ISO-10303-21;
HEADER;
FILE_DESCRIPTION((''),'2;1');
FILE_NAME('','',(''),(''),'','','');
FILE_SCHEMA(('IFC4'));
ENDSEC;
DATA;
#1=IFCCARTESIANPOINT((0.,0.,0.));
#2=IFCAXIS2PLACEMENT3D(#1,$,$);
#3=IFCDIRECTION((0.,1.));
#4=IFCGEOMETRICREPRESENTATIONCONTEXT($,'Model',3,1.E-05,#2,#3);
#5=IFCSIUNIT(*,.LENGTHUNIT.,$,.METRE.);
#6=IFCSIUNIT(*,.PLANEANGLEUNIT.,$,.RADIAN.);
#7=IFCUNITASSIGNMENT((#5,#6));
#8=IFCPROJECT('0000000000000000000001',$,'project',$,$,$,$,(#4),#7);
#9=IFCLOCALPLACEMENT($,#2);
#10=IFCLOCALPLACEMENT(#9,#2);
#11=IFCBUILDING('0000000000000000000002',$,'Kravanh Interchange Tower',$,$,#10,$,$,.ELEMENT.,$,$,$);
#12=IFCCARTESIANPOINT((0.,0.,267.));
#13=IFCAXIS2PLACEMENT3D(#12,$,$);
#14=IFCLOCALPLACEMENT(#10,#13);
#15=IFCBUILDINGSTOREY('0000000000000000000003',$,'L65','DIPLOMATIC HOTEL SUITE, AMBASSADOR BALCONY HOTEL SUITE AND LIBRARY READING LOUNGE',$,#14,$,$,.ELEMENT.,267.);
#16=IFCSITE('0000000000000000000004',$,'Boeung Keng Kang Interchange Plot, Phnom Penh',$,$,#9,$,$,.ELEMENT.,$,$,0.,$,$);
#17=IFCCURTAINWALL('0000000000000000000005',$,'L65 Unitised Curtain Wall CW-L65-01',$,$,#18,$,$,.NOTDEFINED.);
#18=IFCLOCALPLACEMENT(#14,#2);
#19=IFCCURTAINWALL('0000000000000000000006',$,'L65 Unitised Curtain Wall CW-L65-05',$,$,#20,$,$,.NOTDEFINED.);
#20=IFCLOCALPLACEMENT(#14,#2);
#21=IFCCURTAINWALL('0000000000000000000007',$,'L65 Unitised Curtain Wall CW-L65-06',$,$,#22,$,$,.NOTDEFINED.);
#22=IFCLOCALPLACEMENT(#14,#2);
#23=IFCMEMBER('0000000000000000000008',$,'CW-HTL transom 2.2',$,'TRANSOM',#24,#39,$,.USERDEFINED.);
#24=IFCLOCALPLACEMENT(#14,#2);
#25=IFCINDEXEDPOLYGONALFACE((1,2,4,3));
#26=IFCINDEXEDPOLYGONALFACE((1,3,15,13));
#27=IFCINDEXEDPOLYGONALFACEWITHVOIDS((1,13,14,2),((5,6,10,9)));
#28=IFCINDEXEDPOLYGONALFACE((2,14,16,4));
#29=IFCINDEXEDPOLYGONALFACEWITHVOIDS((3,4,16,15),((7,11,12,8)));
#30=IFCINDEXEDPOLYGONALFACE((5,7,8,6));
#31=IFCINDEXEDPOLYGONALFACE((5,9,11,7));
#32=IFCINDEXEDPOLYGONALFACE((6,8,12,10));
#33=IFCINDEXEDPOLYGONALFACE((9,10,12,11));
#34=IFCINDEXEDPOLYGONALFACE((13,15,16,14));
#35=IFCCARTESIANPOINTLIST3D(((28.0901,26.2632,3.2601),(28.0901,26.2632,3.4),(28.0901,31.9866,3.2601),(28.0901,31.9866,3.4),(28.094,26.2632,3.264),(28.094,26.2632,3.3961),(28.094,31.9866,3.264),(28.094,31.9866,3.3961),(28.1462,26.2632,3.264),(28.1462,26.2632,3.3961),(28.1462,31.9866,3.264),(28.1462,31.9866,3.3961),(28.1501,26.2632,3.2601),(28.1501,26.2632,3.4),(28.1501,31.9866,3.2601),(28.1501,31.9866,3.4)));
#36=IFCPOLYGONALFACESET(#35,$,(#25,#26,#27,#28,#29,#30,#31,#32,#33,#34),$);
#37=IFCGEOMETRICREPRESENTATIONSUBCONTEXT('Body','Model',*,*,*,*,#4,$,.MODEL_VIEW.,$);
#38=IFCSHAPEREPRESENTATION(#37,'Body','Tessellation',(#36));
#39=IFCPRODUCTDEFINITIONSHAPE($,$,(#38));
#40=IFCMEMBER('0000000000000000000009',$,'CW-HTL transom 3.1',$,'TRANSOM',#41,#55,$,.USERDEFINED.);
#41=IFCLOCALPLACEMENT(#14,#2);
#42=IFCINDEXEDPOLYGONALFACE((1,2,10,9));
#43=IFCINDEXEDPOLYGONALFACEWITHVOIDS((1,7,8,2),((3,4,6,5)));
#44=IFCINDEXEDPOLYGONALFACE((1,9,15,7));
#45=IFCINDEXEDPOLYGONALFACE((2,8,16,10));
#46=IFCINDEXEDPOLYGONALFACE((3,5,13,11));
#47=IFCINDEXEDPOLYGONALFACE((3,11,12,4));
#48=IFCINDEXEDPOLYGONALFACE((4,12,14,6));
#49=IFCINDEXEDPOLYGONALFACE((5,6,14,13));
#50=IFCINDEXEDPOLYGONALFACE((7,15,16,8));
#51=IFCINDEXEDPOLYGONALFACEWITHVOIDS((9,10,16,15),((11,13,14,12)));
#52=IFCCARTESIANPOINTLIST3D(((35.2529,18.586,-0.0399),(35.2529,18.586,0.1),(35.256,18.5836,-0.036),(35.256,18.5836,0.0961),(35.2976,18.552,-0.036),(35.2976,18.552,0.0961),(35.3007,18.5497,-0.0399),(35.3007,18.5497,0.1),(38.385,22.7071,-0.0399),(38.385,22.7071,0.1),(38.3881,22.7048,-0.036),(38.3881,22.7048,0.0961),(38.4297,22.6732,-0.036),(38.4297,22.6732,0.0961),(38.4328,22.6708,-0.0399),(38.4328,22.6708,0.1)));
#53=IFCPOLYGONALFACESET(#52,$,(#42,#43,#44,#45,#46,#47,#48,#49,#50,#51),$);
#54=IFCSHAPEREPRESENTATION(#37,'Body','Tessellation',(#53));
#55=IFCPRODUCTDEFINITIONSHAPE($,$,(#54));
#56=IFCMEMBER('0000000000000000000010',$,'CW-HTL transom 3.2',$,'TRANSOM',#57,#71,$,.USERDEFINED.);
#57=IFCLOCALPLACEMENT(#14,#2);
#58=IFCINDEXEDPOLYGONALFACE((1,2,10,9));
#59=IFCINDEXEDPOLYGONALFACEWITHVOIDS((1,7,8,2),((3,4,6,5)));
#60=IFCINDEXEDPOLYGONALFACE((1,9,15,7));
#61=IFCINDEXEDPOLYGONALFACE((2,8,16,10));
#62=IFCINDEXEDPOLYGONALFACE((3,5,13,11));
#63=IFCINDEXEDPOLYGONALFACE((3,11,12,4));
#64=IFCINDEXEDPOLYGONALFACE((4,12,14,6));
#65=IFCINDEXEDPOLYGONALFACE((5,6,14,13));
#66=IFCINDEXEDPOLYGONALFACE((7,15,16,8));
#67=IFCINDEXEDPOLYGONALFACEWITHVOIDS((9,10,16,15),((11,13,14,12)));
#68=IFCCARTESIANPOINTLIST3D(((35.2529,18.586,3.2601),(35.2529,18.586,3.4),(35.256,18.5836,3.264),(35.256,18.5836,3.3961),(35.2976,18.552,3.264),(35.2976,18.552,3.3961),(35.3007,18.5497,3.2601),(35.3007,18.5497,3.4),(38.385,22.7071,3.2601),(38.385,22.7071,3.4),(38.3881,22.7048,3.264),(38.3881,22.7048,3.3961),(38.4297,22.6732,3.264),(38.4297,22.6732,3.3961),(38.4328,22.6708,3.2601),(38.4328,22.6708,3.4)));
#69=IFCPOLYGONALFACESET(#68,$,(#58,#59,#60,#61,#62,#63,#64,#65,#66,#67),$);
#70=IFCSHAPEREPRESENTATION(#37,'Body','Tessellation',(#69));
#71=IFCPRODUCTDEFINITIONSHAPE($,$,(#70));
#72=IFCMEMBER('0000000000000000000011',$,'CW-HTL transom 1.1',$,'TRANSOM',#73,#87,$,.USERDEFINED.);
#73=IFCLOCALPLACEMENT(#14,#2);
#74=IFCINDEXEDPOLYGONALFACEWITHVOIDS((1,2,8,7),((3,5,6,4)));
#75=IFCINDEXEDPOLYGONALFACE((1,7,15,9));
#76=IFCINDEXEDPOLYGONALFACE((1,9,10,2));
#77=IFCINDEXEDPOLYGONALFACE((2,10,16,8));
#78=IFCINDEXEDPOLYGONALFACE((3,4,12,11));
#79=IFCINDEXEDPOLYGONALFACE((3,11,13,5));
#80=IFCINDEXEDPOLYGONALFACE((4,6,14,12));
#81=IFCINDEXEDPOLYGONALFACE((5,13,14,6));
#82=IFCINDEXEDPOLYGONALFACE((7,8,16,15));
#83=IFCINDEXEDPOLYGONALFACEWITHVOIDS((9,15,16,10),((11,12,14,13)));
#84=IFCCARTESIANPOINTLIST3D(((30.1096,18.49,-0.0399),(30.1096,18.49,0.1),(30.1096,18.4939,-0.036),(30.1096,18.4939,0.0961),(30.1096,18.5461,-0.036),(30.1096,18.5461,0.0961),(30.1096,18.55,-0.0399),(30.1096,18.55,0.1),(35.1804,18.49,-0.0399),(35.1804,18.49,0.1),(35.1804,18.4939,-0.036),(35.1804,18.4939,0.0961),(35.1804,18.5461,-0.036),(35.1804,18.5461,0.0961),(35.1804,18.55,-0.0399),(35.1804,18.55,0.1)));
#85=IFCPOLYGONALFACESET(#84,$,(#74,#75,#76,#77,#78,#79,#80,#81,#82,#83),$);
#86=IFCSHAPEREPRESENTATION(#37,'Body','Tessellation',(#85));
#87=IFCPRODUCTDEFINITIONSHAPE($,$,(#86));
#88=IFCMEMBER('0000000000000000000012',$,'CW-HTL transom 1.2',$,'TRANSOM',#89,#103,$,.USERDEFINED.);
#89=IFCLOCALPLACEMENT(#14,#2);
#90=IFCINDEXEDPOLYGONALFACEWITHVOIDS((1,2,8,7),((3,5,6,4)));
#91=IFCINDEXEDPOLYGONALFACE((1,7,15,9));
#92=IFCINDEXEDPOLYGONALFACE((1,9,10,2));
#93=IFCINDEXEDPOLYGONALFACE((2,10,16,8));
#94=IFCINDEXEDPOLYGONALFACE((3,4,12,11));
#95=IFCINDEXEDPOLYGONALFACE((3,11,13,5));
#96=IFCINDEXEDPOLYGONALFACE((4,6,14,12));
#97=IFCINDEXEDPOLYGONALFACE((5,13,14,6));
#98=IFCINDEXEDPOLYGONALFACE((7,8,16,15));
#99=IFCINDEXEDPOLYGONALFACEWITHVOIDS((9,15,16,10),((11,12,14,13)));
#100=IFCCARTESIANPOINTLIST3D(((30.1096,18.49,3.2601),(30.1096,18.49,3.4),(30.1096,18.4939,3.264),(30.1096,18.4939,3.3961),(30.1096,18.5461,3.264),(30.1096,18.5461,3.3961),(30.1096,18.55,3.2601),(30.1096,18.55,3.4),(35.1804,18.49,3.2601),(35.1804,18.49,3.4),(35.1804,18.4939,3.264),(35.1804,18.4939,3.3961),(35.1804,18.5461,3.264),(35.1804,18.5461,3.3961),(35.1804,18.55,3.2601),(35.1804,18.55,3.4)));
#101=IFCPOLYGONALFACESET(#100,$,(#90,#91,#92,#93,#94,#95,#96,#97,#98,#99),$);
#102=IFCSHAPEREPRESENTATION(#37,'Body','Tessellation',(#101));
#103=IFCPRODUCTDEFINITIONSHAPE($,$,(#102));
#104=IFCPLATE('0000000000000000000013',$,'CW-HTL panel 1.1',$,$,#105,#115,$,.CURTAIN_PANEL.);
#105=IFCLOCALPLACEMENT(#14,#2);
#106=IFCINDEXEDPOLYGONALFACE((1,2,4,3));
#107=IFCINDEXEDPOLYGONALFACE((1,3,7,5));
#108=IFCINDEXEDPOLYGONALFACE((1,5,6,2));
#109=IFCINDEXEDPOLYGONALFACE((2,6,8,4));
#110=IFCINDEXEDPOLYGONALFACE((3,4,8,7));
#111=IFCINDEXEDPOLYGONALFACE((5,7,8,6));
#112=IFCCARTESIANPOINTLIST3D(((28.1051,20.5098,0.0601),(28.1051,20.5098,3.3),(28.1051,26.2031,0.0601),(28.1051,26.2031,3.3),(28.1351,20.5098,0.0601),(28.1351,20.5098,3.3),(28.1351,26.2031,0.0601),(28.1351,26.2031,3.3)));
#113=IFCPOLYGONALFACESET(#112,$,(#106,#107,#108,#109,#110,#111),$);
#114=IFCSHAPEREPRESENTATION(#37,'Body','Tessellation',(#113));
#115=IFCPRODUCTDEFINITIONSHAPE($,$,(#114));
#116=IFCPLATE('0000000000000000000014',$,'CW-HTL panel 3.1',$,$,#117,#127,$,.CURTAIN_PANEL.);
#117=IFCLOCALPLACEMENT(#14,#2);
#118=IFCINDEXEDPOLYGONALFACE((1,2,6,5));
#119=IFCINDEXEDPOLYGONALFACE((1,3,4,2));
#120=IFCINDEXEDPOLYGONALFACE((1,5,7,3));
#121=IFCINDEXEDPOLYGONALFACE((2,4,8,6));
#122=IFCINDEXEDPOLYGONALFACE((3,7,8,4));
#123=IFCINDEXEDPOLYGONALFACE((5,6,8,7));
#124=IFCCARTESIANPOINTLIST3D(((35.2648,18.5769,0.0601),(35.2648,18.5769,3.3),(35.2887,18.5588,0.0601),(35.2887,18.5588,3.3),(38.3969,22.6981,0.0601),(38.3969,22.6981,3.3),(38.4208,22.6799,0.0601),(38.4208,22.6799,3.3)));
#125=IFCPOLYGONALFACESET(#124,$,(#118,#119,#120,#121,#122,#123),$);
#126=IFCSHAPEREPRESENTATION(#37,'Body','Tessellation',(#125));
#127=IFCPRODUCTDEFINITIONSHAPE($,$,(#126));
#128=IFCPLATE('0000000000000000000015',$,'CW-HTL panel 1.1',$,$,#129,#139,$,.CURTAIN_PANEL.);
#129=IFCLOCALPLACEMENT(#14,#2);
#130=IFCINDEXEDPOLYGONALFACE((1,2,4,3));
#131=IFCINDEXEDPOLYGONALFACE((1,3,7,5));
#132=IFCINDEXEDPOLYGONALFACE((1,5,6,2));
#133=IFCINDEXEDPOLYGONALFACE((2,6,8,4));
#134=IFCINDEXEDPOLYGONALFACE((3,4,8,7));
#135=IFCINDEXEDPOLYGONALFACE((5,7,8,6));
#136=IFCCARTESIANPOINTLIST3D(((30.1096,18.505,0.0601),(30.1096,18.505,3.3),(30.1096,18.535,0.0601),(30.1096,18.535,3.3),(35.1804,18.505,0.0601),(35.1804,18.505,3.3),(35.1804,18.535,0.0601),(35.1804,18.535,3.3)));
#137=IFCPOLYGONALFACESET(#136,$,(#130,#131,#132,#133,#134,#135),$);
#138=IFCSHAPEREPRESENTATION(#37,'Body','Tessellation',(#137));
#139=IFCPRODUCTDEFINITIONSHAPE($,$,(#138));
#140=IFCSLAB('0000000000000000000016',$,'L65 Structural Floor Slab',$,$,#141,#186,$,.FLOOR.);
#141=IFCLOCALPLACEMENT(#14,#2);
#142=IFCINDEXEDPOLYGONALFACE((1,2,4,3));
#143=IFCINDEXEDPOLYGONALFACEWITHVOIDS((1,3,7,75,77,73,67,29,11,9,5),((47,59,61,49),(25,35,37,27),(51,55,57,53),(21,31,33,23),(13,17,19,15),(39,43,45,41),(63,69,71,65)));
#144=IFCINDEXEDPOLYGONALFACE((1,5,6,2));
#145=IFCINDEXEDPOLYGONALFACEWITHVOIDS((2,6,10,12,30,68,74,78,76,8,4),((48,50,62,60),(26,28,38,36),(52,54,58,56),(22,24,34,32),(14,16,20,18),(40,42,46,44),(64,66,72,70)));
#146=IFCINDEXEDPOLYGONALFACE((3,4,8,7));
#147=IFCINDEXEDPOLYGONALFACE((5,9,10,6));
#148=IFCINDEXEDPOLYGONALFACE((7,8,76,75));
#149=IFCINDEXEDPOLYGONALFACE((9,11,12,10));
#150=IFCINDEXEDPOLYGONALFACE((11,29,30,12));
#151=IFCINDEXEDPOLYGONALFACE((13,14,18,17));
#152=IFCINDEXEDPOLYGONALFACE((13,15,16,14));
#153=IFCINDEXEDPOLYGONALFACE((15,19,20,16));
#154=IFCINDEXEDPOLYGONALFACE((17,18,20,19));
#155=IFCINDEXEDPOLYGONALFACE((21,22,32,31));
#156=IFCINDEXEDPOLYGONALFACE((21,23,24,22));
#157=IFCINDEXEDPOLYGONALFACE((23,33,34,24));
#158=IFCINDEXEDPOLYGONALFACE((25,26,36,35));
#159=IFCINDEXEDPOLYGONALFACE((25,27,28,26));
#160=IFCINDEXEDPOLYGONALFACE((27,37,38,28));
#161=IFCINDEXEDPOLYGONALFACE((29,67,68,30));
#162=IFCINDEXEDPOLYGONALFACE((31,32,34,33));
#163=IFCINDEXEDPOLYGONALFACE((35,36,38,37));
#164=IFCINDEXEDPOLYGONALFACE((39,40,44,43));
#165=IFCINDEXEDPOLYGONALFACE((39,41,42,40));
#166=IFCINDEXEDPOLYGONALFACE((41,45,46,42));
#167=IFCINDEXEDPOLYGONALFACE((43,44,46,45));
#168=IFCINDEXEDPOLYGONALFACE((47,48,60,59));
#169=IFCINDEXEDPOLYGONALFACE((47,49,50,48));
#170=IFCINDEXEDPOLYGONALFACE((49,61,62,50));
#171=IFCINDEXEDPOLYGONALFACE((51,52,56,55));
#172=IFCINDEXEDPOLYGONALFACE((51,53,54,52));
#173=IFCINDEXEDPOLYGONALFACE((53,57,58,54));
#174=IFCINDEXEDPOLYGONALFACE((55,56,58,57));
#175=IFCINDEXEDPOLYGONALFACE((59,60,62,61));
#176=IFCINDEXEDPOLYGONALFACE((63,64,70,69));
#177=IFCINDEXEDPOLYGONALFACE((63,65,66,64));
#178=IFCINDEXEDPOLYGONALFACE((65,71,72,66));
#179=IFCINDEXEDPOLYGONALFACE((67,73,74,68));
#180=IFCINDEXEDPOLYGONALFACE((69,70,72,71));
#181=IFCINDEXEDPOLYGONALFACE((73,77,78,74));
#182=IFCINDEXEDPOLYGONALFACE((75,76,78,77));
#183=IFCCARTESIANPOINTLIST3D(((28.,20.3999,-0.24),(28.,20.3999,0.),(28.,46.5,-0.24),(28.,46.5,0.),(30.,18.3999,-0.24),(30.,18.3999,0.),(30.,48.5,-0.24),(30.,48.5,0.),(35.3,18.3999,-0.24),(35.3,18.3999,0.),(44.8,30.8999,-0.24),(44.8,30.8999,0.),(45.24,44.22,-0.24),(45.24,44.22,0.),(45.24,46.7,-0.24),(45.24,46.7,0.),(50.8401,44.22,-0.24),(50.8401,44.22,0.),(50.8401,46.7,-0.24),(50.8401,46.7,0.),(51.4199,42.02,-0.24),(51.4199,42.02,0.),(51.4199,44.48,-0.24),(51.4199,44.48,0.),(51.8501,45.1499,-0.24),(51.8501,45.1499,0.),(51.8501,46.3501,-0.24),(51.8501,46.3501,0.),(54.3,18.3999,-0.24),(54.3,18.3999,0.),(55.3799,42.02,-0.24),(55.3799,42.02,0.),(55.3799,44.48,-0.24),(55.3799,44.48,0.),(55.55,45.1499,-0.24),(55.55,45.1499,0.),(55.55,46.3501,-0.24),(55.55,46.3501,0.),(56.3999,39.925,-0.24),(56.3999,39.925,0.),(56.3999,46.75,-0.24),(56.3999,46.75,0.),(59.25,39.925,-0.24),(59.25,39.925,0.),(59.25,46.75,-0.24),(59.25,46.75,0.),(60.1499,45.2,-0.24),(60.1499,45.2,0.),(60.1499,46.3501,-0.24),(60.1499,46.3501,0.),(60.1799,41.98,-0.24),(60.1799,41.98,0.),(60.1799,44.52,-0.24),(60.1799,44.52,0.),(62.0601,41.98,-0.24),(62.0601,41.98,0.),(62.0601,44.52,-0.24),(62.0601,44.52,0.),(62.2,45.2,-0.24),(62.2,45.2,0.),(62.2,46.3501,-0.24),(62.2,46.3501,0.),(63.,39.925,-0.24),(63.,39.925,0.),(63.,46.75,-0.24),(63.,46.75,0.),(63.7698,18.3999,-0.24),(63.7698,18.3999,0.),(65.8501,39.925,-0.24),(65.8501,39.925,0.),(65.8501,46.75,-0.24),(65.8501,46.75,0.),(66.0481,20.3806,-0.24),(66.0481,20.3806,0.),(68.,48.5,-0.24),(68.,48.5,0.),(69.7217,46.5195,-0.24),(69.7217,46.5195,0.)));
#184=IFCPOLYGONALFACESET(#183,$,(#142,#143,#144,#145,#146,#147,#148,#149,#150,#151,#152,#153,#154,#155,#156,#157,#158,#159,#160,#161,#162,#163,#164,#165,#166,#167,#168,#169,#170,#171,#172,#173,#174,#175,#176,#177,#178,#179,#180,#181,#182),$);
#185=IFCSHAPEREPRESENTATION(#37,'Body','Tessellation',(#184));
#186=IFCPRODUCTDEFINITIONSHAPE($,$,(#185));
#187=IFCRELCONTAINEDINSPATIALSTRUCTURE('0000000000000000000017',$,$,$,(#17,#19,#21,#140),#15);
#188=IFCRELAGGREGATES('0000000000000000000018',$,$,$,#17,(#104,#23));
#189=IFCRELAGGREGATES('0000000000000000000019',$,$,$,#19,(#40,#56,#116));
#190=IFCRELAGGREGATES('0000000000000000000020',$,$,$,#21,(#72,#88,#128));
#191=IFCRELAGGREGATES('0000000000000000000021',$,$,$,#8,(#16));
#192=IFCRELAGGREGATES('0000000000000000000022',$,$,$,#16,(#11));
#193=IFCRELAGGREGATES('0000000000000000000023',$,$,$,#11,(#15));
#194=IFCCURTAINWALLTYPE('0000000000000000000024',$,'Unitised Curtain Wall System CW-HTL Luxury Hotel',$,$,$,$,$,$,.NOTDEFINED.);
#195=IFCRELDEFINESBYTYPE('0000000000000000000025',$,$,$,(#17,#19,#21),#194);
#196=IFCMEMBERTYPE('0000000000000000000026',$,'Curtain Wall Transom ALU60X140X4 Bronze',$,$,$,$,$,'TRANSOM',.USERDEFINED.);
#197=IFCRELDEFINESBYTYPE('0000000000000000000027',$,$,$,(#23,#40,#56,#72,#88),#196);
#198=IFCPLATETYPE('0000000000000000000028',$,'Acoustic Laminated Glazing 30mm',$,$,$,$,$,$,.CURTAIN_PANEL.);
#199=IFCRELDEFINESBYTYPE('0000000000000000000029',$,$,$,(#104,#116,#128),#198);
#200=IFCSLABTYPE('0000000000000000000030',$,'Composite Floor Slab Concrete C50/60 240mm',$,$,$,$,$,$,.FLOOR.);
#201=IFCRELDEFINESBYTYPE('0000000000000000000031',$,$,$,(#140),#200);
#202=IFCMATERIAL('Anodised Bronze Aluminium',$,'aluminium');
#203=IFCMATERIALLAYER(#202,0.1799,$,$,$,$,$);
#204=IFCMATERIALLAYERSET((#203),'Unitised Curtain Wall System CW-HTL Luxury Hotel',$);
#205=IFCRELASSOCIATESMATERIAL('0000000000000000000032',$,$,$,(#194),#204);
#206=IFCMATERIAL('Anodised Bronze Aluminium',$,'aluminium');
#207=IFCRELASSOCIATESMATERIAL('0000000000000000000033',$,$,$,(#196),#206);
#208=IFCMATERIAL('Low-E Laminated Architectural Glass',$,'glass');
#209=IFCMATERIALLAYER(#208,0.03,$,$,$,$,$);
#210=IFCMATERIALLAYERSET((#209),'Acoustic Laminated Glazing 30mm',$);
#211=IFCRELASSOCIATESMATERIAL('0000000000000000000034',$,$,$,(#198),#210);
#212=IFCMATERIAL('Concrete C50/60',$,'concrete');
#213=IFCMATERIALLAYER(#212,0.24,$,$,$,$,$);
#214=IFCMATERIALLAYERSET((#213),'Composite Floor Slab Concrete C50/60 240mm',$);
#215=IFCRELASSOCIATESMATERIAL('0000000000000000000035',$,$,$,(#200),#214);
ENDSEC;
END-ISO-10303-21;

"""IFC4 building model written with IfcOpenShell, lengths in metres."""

from ifc_helpers import new_model, si_unit, direction, frame, origin, origin_2d, place, context, subcontext, project, spatial, polyline, rectangle, hollow_rectangle, outline, extrude, material, layer, layer_set, material_profile, profile_set, type_object, element, aggregate, save


model = new_model("IFC4")

# Units and contexts
model_context = context("Model", 3, precision=1e-05, world=origin(), true_north=direction((0.0, 1.0)))
body_context = subcontext(model_context, "Body", "Model", "MODEL_VIEW")
ifc_project = project(units=[si_unit("LENGTHUNIT", "METRE"), si_unit("PLANEANGLEUNIT", "RADIAN")], contexts=[model_context])

# Site, building, storey
site_placement = place(None, origin())
site = spatial("IfcSite", under=ifc_project, at=site_placement, Name="Boeung Keng Kang Interchange Plot, Phnom Penh", CompositionType="ELEMENT", RefElevation=0.0)
building_placement = place(site_placement, origin())
building = spatial("IfcBuilding", under=site, at=building_placement, Name="Kravanh Interchange Tower", CompositionType="ELEMENT")
storey_placement = place(building_placement, frame((0.0, 0.0, 267.0)))
storey = spatial("IfcBuildingStorey", under=building, at=storey_placement, Name="L65", Description="DIPLOMATIC HOTEL SUITE, AMBASSADOR BALCONY HOTEL SUITE AND LIBRARY READING LOUNGE", CompositionType="ELEMENT", Elevation=267.0)

# Curtain walls
ifc_material_1 = material(Name="Anodised Bronze Aluminium", Category="aluminium")
ifc_layer_1 = layer(ifc_material_1, 0.1799)
ifc_layer_set_1 = layer_set([ifc_layer_1], Name="Unitised Curtain Wall System CW-HTL Luxury Hotel")
curtain_wall_type = type_object("IfcCurtainWallType", Name="Unitised Curtain Wall System CW-HTL Luxury Hotel", PredefinedType="NOTDEFINED", material=ifc_layer_set_1)
curtain_wall_1_placement = place(storey_placement, origin())
curtain_wall_1 = element("IfcCurtainWall", 1, at=curtain_wall_1_placement, inside=storey, type_object=curtain_wall_type, Name="L65 Unitised Curtain Wall CW-L65-01", PredefinedType="NOTDEFINED")
curtain_wall_2_placement = place(storey_placement, origin())
curtain_wall_2 = element("IfcCurtainWall", 2, at=curtain_wall_2_placement, inside=storey, type_object=curtain_wall_type, Name="L65 Unitised Curtain Wall CW-L65-05", PredefinedType="NOTDEFINED")
curtain_wall_3_placement = place(storey_placement, origin())
curtain_wall_3 = element("IfcCurtainWall", 3, at=curtain_wall_3_placement, inside=storey, type_object=curtain_wall_type, Name="L65 Unitised Curtain Wall CW-L65-06", PredefinedType="NOTDEFINED")

# Members
ifc_material_2 = material(Name="Anodised Bronze Aluminium", Category="aluminium")
ifc_material_profile_1 = material_profile(ifc_material_2, hollow_rectangle(XDim=0.0601, YDim=0.1399, WallThickness=0.0039, at=origin_2d()), Name="ALU60X140X4")
ifc_profile_set_1 = profile_set([ifc_material_profile_1], Name="Anodised Bronze Aluminium")
member_type_1 = type_object("IfcMemberType", Name="Curtain Wall Transom ALU60X140X4 Bronze", ElementType="TRANSOM", PredefinedType="USERDEFINED", material=ifc_profile_set_1)
member_1_placement = place(storey_placement, frame((28.1201, 26.2632, 3.3301), z_axis=(0.0, 1.0, 0.0), x_axis=(-1.0, 0.0, 0.0)))
member_1 = element("IfcMember", 4, at=member_1_placement, type_object=member_type_1, Name="CW-HTL transom 2.2", ObjectType="TRANSOM", PredefinedType="USERDEFINED", context=body_context, shape_type="SweptSolid", body=[
    extrude(hollow_rectangle(XDim=0.0601, YDim=0.1399, WallThickness=0.0039, at=origin_2d()), origin(), (0.0, 0.0, 1.0), 5.7234),
])
member_2_placement = place(storey_placement, frame((38.4089, 22.689, 0.03), z_axis=(-0.605089, -0.796158, 0.0), x_axis=(0.796158, -0.605089, 0.0)))
member_2 = element("IfcMember", 5, at=member_2_placement, type_object=member_type_1, Name="CW-HTL transom 3.1", ObjectType="TRANSOM", PredefinedType="USERDEFINED", context=body_context, shape_type="SweptSolid", body=[
    extrude(hollow_rectangle(XDim=0.0601, YDim=0.1399, WallThickness=0.0039, at=origin_2d()), origin(), (0.0, 0.0, 1.0), 5.1763),
])
member_3_placement = place(storey_placement, frame((38.4089, 22.689, 3.3301), z_axis=(-0.605089, -0.796158, 0.0), x_axis=(0.796158, -0.605089, 0.0)))
member_3 = element("IfcMember", 6, at=member_3_placement, type_object=member_type_1, Name="CW-HTL transom 3.2", ObjectType="TRANSOM", PredefinedType="USERDEFINED", context=body_context, shape_type="SweptSolid", body=[
    extrude(hollow_rectangle(XDim=0.0601, YDim=0.1399, WallThickness=0.0039, at=origin_2d()), origin(), (0.0, 0.0, 1.0), 5.1763),
])
member_4_placement = place(storey_placement, frame((35.1804, 18.52, 0.03), z_axis=(-1.0, 0.0, 0.0), x_axis=(0.0, -1.0, 0.0)))
member_4 = element("IfcMember", 7, at=member_4_placement, type_object=member_type_1, Name="CW-HTL transom 1.1", ObjectType="TRANSOM", PredefinedType="USERDEFINED", context=body_context, shape_type="SweptSolid", body=[
    extrude(hollow_rectangle(XDim=0.0601, YDim=0.1399, WallThickness=0.0039, at=origin_2d()), origin(), (0.0, 0.0, 1.0), 5.0708),
])
member_5_placement = place(storey_placement, frame((35.1804, 18.52, 3.3301), z_axis=(-1.0, 0.0, 0.0), x_axis=(0.0, -1.0, 0.0)))
member_5 = element("IfcMember", 8, at=member_5_placement, type_object=member_type_1, Name="CW-HTL transom 1.2", ObjectType="TRANSOM", PredefinedType="USERDEFINED", context=body_context, shape_type="SweptSolid", body=[
    extrude(hollow_rectangle(XDim=0.0601, YDim=0.1399, WallThickness=0.0039, at=origin_2d()), origin(), (0.0, 0.0, 1.0), 5.0708),
])

# Plates
ifc_material_3 = material(Name="Low-E Laminated Architectural Glass", Category="glass")
ifc_layer_2 = layer(ifc_material_3, 0.03)
ifc_layer_set_2 = layer_set([ifc_layer_2], Name="Acoustic Laminated Glazing 30mm")
plate_type = type_object("IfcPlateType", Name="Acoustic Laminated Glazing 30mm", PredefinedType="CURTAIN_PANEL", material=ifc_layer_set_2)
plate_1_placement = place(storey_placement, frame((28.1201, 23.3564, 0.0601), z_axis=(0.0, 0.0, 1.0), x_axis=(0.0, 1.0, 0.0)))
plate_1 = element("IfcPlate", 9, at=plate_1_placement, type_object=plate_type, Name="CW-HTL panel 1.1", PredefinedType="CURTAIN_PANEL", context=body_context, shape_type="SweptSolid", body=[
    extrude(rectangle(XDim=5.6934, YDim=0.03, at=origin_2d()), origin(), (0.0, 0.0, 1.0), 3.24),
])
aggregate(curtain_wall_1, [plate_1, member_1])
plate_2_placement = place(storey_placement, frame((36.8428, 20.6284, 0.0601), z_axis=(0.0, 0.0, 1.0), x_axis=(-0.605083, -0.796162, 0.0)))
plate_2 = element("IfcPlate", 10, at=plate_2_placement, type_object=plate_type, Name="CW-HTL panel 3.1", PredefinedType="CURTAIN_PANEL", context=body_context, shape_type="SweptSolid", body=[
    extrude(rectangle(XDim=5.1763, YDim=0.03, at=origin_2d()), origin(), (0.0, 0.0, 1.0), 3.24),
])
aggregate(curtain_wall_2, [member_2, member_3, plate_2])
plate_3_placement = place(storey_placement, frame((32.645, 18.52, 0.0601), z_axis=(0.0, 0.0, 1.0), x_axis=(-1.0, 0.0, 0.0)))
plate_3 = element("IfcPlate", 11, at=plate_3_placement, type_object=plate_type, Name="CW-HTL panel 1.1", PredefinedType="CURTAIN_PANEL", context=body_context, shape_type="SweptSolid", body=[
    extrude(rectangle(XDim=5.0708, YDim=0.03, at=origin_2d()), origin(), (0.0, 0.0, 1.0), 3.24),
])
aggregate(curtain_wall_3, [member_4, member_5, plate_3])

# Slab
ifc_material_4 = material(Name="Concrete C50/60", Category="concrete")
ifc_layer_3 = layer(ifc_material_4, 0.24)
ifc_layer_set_3 = layer_set([ifc_layer_3], Name="Composite Floor Slab Concrete C50/60 240mm")
slab_type_1 = type_object("IfcSlabType", Name="Composite Floor Slab Concrete C50/60 240mm", PredefinedType="FLOOR", material=ifc_layer_set_3)
slab_1_placement = place(storey_placement, frame((0.0, 0.0, -0.24)))
element("IfcSlab", 12, at=slab_1_placement, inside=storey, type_object=slab_type_1, Name="L65 Structural Floor Slab", PredefinedType="FLOOR", context=body_context, shape_type="SweptSolid", body=[
    extrude(outline(polyline([(28.0, 20.3999), (30.0, 18.3999), (35.3, 18.3999), (44.8, 30.8999), (54.3, 18.3999), (63.7698, 18.3999), (66.0481, 20.3806), (69.7217, 46.5195), (68.0, 48.5), (30.0, 48.5), (28.0, 46.5), (28.0, 20.3999)]), holes=[polyline([(65.8501, 39.925), (65.8501, 46.75), (63.0, 46.75), (63.0, 39.925), (65.8501, 39.925)]), polyline([(59.25, 39.925), (59.25, 46.75), (56.3999, 46.75), (56.3999, 39.925), (59.25, 39.925)]), polyline([(45.24, 44.22), (50.8401, 44.22), (50.8401, 46.7), (45.24, 46.7), (45.24, 44.22)]), polyline([(51.4199, 42.02), (55.3799, 42.02), (55.3799, 44.48), (51.4199, 44.48), (51.4199, 42.02)]), polyline([(60.1799, 41.98), (62.0601, 41.98), (62.0601, 44.52), (60.1799, 44.52), (60.1799, 41.98)]), polyline([(60.1499, 45.2), (62.2, 45.2), (62.2, 46.3501), (60.1499, 46.3501), (60.1499, 45.2)]), polyline([(51.8501, 45.1499), (55.55, 45.1499), (55.55, 46.3501), (51.8501, 46.3501), (51.8501, 45.1499)])]), origin(), (0.0, 0.0, 1.0), 0.24),
])

save(model, "model.ifc")
